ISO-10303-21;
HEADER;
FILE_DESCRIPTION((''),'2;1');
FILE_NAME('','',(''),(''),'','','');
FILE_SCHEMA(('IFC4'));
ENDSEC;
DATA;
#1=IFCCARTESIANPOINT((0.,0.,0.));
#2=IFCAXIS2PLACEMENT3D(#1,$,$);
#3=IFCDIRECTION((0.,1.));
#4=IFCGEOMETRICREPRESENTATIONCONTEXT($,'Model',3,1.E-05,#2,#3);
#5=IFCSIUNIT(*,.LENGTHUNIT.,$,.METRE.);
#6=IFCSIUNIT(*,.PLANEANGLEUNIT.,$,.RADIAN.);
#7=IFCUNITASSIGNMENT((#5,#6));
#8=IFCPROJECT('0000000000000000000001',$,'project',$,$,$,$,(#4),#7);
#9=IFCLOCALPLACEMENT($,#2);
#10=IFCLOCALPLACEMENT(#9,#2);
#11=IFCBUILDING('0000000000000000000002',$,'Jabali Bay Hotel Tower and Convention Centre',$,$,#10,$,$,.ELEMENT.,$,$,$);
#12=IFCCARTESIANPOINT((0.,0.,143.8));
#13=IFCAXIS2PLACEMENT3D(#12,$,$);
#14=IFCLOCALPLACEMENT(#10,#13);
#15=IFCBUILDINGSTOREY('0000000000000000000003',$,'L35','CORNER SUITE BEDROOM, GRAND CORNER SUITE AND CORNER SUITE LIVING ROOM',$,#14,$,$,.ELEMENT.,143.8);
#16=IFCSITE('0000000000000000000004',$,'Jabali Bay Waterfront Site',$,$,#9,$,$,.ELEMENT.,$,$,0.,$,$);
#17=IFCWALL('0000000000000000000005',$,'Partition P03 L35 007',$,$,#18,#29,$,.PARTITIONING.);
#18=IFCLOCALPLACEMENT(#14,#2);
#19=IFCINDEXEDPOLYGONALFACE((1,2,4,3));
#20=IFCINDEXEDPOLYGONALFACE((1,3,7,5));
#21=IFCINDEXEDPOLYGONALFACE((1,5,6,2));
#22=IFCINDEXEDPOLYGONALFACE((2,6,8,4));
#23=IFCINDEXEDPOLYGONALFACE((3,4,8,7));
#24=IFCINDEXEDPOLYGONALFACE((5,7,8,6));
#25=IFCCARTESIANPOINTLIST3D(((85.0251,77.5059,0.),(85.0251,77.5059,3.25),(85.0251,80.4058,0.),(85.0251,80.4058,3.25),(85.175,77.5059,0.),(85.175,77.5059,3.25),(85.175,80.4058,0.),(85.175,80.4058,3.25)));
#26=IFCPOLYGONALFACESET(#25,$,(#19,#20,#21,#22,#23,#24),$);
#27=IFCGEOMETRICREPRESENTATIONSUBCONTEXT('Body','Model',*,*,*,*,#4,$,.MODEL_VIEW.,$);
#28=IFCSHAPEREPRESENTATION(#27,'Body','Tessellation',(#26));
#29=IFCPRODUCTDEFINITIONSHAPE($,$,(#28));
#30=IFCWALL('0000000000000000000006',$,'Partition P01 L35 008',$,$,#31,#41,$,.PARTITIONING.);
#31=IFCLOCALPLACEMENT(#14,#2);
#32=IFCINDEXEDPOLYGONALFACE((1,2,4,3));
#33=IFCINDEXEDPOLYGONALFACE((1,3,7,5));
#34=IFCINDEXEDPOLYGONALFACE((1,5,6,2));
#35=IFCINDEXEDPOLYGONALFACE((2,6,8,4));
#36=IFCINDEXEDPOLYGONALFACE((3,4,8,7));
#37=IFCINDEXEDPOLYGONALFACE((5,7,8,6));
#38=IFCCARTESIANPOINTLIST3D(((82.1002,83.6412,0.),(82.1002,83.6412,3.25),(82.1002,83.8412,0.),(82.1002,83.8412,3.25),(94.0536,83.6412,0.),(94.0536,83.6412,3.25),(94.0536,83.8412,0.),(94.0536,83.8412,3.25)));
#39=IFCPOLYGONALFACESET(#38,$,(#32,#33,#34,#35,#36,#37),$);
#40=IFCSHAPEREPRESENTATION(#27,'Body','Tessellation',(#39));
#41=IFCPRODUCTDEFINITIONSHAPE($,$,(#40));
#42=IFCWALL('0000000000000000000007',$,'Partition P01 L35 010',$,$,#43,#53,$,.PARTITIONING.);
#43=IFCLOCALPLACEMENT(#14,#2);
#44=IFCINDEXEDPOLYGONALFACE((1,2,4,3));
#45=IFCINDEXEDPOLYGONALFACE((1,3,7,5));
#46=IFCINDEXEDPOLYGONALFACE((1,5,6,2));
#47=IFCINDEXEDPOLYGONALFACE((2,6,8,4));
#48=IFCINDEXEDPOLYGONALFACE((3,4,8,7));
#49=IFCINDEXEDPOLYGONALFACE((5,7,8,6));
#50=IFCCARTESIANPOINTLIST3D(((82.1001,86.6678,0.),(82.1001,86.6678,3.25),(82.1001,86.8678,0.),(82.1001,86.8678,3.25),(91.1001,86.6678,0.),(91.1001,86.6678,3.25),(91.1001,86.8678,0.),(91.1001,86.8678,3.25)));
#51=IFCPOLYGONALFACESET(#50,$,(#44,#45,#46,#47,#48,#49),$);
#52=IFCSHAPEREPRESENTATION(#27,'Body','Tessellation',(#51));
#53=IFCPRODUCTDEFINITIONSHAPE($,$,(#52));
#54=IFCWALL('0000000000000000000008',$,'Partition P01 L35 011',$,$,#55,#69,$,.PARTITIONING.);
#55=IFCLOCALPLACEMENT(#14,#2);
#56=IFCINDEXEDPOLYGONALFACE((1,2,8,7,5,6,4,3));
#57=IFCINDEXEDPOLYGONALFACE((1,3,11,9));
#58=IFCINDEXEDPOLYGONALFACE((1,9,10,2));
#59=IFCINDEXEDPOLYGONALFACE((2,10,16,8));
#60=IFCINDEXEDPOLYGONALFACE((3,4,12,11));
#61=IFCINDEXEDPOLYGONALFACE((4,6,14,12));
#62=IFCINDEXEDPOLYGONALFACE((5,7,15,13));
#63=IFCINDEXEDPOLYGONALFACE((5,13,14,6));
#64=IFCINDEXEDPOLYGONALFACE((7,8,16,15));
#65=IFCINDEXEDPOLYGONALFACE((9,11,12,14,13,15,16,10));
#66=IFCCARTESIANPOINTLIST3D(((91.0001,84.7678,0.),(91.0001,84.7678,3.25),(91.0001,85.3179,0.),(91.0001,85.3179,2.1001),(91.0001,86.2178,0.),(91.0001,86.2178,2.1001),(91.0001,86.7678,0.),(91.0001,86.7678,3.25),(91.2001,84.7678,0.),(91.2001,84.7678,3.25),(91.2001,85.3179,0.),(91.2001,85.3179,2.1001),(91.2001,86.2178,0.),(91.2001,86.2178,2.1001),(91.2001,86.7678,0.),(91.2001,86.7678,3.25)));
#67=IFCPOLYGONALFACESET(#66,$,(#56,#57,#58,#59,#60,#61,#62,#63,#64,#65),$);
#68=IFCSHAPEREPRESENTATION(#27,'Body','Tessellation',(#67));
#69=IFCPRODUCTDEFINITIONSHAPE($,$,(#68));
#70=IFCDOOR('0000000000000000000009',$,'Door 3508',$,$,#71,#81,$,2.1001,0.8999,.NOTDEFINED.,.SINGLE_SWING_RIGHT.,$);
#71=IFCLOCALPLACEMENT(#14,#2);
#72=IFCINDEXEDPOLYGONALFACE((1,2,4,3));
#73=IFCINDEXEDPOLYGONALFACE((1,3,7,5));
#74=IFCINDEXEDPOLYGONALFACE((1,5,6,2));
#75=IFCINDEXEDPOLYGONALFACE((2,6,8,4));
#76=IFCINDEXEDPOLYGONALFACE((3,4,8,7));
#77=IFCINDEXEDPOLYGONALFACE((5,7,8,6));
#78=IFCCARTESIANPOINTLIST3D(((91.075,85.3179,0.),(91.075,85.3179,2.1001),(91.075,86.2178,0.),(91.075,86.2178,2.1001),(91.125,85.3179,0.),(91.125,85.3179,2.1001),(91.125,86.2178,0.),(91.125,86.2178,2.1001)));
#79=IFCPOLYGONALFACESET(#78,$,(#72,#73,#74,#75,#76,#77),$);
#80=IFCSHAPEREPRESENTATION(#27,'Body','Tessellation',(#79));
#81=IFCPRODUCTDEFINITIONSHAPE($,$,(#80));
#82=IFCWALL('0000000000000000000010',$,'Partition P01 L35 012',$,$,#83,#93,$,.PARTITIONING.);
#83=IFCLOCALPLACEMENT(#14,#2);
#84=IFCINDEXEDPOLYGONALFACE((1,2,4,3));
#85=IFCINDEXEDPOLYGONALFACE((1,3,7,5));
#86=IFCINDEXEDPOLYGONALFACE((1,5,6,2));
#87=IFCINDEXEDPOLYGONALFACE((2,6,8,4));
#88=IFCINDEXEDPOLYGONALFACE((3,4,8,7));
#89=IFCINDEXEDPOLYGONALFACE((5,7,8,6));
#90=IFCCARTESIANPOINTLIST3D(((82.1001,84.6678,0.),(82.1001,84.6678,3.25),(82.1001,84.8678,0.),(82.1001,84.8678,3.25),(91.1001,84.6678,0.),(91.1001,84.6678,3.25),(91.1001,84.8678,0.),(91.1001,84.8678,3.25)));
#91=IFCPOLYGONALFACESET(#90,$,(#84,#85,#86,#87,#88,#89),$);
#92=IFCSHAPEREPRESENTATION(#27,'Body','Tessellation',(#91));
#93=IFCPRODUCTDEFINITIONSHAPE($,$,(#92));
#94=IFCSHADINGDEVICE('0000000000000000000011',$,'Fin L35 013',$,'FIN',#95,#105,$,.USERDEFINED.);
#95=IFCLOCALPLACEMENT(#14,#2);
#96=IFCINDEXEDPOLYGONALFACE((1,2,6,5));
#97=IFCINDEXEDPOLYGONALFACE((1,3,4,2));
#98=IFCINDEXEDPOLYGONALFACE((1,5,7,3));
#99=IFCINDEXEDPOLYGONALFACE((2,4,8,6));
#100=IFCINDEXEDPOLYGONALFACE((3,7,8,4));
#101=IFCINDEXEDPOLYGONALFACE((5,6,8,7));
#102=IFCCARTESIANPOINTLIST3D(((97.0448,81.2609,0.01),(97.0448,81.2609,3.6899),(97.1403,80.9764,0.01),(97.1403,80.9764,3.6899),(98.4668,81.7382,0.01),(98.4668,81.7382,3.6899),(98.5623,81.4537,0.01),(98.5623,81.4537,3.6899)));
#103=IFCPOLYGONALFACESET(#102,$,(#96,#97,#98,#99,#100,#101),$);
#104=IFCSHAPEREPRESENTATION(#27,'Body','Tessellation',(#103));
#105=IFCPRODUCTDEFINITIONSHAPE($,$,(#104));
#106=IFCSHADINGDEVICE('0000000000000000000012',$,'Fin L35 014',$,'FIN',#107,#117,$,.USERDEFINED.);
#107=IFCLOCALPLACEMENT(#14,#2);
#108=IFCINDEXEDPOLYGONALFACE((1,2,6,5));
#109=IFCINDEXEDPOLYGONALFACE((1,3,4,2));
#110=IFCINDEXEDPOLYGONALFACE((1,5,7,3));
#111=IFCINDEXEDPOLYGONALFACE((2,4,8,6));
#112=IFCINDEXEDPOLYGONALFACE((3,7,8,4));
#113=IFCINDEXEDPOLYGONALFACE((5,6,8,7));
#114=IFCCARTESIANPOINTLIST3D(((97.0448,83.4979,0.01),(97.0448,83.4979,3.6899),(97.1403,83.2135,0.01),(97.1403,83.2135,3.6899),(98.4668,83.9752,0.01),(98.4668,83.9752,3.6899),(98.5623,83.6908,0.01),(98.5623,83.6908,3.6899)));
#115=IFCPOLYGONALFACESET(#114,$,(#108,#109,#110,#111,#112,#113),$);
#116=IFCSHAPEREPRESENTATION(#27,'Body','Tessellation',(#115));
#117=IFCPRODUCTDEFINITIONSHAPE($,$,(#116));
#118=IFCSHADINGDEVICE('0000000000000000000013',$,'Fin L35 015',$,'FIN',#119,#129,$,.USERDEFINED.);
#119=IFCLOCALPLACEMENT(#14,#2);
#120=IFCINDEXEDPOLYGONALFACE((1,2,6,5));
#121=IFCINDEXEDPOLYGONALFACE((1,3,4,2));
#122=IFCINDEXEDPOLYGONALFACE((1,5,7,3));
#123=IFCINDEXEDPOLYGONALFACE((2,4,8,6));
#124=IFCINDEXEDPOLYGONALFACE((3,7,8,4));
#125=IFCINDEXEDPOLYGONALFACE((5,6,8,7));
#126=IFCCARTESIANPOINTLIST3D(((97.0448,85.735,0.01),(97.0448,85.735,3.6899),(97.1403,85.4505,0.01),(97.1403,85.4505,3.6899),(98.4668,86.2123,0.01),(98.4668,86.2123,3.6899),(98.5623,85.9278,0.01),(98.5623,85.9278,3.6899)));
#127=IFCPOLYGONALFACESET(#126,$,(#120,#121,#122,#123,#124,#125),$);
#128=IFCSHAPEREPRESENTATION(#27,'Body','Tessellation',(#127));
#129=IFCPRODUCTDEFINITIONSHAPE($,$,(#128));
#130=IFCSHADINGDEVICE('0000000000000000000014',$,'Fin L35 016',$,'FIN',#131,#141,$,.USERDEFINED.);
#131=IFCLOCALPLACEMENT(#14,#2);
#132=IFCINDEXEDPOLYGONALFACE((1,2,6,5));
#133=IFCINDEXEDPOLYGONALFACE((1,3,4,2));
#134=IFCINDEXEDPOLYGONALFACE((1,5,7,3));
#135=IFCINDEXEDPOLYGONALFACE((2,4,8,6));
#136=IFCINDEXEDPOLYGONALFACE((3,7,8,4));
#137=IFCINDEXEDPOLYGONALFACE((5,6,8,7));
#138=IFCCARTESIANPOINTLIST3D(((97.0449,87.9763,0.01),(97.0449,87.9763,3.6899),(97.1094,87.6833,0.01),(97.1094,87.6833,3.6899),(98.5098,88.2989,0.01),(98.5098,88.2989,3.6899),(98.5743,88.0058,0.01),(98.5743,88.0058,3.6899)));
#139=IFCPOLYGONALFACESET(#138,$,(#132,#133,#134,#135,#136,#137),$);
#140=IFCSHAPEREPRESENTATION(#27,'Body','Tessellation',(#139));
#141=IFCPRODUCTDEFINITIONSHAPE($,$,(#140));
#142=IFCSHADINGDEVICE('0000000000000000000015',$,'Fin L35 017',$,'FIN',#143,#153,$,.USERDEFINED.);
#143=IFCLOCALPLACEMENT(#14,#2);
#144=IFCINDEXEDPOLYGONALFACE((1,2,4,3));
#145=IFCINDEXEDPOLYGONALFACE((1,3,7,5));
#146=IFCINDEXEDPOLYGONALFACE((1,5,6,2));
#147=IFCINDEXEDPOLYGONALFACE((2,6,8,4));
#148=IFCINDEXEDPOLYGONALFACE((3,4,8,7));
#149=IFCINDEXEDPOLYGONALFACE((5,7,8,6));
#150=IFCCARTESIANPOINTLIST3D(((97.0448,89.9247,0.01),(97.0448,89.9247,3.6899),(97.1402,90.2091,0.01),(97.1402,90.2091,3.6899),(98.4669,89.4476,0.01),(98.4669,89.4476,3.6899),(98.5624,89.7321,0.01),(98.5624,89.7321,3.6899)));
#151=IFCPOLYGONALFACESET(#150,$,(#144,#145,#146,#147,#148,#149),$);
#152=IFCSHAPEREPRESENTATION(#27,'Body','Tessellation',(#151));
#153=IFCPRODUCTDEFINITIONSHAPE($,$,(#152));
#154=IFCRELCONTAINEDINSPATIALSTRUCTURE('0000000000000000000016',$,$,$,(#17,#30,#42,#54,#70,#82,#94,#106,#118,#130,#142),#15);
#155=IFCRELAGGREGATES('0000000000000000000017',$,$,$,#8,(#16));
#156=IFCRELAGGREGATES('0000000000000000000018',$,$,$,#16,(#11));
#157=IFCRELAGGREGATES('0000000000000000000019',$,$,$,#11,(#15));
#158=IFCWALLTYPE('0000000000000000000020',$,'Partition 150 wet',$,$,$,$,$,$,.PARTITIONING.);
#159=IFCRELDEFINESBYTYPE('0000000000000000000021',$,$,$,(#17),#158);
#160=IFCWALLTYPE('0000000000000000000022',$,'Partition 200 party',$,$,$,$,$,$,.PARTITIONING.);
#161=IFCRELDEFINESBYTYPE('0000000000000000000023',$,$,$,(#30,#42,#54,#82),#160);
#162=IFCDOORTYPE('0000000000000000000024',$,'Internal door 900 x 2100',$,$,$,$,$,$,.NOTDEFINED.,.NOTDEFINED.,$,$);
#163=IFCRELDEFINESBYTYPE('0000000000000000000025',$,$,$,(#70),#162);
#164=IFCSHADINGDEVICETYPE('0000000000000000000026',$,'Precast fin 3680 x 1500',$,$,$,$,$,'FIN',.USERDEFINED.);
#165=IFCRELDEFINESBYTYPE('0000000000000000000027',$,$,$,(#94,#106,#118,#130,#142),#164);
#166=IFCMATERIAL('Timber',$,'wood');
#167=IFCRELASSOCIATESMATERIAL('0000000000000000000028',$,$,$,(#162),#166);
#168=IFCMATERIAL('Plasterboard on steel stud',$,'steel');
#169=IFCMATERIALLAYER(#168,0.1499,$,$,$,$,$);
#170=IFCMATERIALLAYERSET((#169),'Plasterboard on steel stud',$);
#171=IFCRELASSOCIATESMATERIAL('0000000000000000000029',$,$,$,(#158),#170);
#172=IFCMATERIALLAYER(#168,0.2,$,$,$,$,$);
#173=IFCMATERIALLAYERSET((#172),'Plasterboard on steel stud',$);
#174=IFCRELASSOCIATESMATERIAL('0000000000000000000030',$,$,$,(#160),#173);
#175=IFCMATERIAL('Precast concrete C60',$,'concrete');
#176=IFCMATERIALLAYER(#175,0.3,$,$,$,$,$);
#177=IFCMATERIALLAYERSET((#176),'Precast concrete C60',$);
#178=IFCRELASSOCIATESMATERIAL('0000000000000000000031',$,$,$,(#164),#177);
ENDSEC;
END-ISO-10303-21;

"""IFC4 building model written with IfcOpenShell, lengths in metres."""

from ifc_helpers import new_model, si_unit, direction, frame, frame_2d, origin, place, context, subcontext, project, spatial, rectangle, extrude, material, layer, layer_set, type_object, element, fill, save


model = new_model("IFC4")

# Units and contexts
model_context = context("Model", 3, precision=1e-05, world=origin(), true_north=direction((0.0, 1.0)))
body_context = subcontext(model_context, "Body", "Model", "MODEL_VIEW")
ifc_project = project(units=[si_unit("LENGTHUNIT", "METRE"), si_unit("PLANEANGLEUNIT", "RADIAN")], contexts=[model_context])

# Site, building, storey
site_placement = place(None, origin())
site = spatial("IfcSite", under=ifc_project, at=site_placement, Name="Jabali Bay Waterfront Site", CompositionType="ELEMENT", RefElevation=0.0)
building_placement = place(site_placement, origin())
building = spatial("IfcBuilding", under=site, at=building_placement, Name="Jabali Bay Hotel Tower and Convention Centre", CompositionType="ELEMENT")
storey_placement = place(building_placement, frame((0.0, 0.0, 143.8)))
storey = spatial("IfcBuildingStorey", under=building, at=storey_placement, Name="L35", Description="CORNER SUITE BEDROOM, GRAND CORNER SUITE AND CORNER SUITE LIVING ROOM", CompositionType="ELEMENT", Elevation=143.8)

# Shared definitions
ifc_material_1 = material(Name="Plasterboard on steel stud", Category="steel")
ifc_material_2 = material(Name="Timber", Category="wood")
door_type_1 = type_object("IfcDoorType", Name="Internal door 900 x 2100", OperationType="NOTDEFINED", PredefinedType="NOTDEFINED", material=ifc_material_2)
ifc_layer_1 = layer(ifc_material_1, 0.1499)
ifc_layer_set_1 = layer_set([ifc_layer_1], Name="Plasterboard on steel stud")
wall_type_1 = type_object("IfcWallType", Name="Partition 150 wet", PredefinedType="PARTITIONING", material=ifc_layer_set_1)

# Walls
wall_1_placement = place(storey_placement, frame((85.1001, 80.4058, 0.0), z_axis=(0.0, 0.0, 1.0), x_axis=(0.0, -1.0, 0.0)))
element("IfcWall", 1, at=wall_1_placement, inside=storey, type_object=wall_type_1, Name="Partition P03 L35 007", PredefinedType="PARTITIONING", context=body_context, shape_type="SweptSolid", body=[
    extrude(rectangle(XDim=2.8999, YDim=0.1499, at=frame_2d((1.45, 0.0))), origin(), (0.0, 0.0, 1.0), 3.25),
])
ifc_layer_2 = layer(ifc_material_1, 0.2)
ifc_layer_set_2 = layer_set([ifc_layer_2], Name="Plasterboard on steel stud")
wall_type_2 = type_object("IfcWallType", Name="Partition 200 party", PredefinedType="PARTITIONING", material=ifc_layer_set_2)
wall_2_placement = place(storey_placement, frame((94.0535, 83.7412, 0.0), z_axis=(0.0, 0.0, 1.0), x_axis=(-1.0, 0.0, 0.0)))
element("IfcWall", 2, at=wall_2_placement, inside=storey, type_object=wall_type_2, Name="Partition P01 L35 008", PredefinedType="PARTITIONING", context=body_context, shape_type="SweptSolid", body=[
    extrude(rectangle(XDim=11.9534, YDim=0.2, at=frame_2d((5.9766, 0.0))), origin(), (0.0, 0.0, 1.0), 3.25),
])
wall_3_placement = place(storey_placement, frame((82.1001, 86.7678, 0.0), z_axis=(0.0, 0.0, 1.0), x_axis=(1.0, 0.0, 0.0)))
element("IfcWall", 3, at=wall_3_placement, inside=storey, type_object=wall_type_2, Name="Partition P01 L35 010", PredefinedType="PARTITIONING", context=body_context, shape_type="SweptSolid", body=[
    extrude(rectangle(XDim=9.0, YDim=0.2, at=frame_2d((4.5, 0.0))), origin(), (0.0, 0.0, 1.0), 3.25),
])

# Wall, opening, door
wall_4_placement = place(storey_placement, frame((91.1001, 86.7678, 0.0), z_axis=(0.0, 0.0, 1.0), x_axis=(0.0, -1.0, 0.0)))
wall_4 = element("IfcWall", 4, at=wall_4_placement, inside=storey, type_object=wall_type_2, Name="Partition P01 L35 011", PredefinedType="PARTITIONING", context=body_context, shape_type="SweptSolid", body=[
    extrude(rectangle(XDim=2.0, YDim=0.2, at=frame_2d((1.0, 0.0))), origin(), (0.0, 0.0, 1.0), 3.25),
])
opening_1_placement = place(wall_4_placement, frame((0.55, 0.0, 0.0)))
opening_1 = element("IfcOpeningElement", 5, at=opening_1_placement, cuts=wall_4, PredefinedType="OPENING", context=body_context, shape_type="SweptSolid", body=[
    extrude(rectangle(XDim=0.8999, YDim=2.1001, at=frame_2d((0.45, 1.05))), frame((0.0, 0.1104, 0.0), z_axis=(0.0, -1.0, 0.0), x_axis=(1.0, 0.0, 0.0)), (0.0, 0.0, 1.0), 0.2209),
])
door_1_placement = place(opening_1_placement, origin())
door_1 = element("IfcDoor", 6, at=door_1_placement, inside=storey, type_object=door_type_1, Name="Door 3508", OperationType="SINGLE_SWING_RIGHT", OverallHeight=2.1001, OverallWidth=0.8999, PredefinedType="NOTDEFINED", context=body_context, shape_type="SweptSolid", body=[
    extrude(rectangle(XDim=0.8999, YDim=2.1001, at=frame_2d((0.45, 1.05))), frame((0.0, 0.0249, 0.0), z_axis=(0.0, -1.0, 0.0), x_axis=(1.0, 0.0, 0.0)), (0.0, 0.0, 1.0), 0.05),
])
fill(opening_1, door_1)

# Wall
wall_5_placement = place(storey_placement, frame((91.1001, 84.7678, 0.0), z_axis=(0.0, 0.0, 1.0), x_axis=(-1.0, 0.0, 0.0)))
element("IfcWall", 7, at=wall_5_placement, inside=storey, type_object=wall_type_2, Name="Partition P01 L35 012", PredefinedType="PARTITIONING", context=body_context, shape_type="SweptSolid", body=[
    extrude(rectangle(XDim=9.0, YDim=0.2, at=frame_2d((4.5, 0.0))), origin(), (0.0, 0.0, 1.0), 3.25),
])

# Shading devices
ifc_material_3 = material(Name="Precast concrete C60", Category="concrete")
ifc_layer_3 = layer(ifc_material_3, 0.3)
ifc_layer_set_3 = layer_set([ifc_layer_3], Name="Precast concrete C60")
shading_device_type = type_object("IfcShadingDeviceType", Name="Precast fin 3680 x 1500", ElementType="FIN", PredefinedType="USERDEFINED", material=ifc_layer_set_3)
for number, where, z_axis, x_axis, name in (
    (8, (97.0925, 81.1187, 0.01), (0.0, 0.0, 1.0), (0.94803, 0.31818, 0.0), "Fin L35 013"),
    (9, (97.0925, 83.3557, 0.01), (0.0, 0.0, 1.0), (0.94803, 0.31818, 0.0), "Fin L35 014"),
    (10, (97.0925, 85.5928, 0.01), (0.0, 0.0, 1.0), (0.94803, 0.31818, 0.0), "Fin L35 015"),
    (11, (97.0771, 87.8298, 0.01), (0.0, 0.0, 1.0), (0.97661, 0.215017, 0.0), "Fin L35 016"),
    (12, (97.0925, 90.0669, 0.01), (0.0, 0.0, 1.0), (0.948079, -0.318034, 0.0), "Fin L35 017"),
):
    element("IfcShadingDevice", number, at=place(storey_placement, frame(where, z_axis=z_axis, x_axis=x_axis)), inside=storey, type_object=shading_device_type, Name=name, ObjectType="FIN", PredefinedType="USERDEFINED", context=body_context, shape_type="SweptSolid", body=[
        extrude(rectangle(XDim=1.5, YDim=0.3, at=frame_2d((0.75, 0.0))), origin(), (0.0, 0.0, 1.0), 3.6799),
    ])

save(model, "model.ifc")
